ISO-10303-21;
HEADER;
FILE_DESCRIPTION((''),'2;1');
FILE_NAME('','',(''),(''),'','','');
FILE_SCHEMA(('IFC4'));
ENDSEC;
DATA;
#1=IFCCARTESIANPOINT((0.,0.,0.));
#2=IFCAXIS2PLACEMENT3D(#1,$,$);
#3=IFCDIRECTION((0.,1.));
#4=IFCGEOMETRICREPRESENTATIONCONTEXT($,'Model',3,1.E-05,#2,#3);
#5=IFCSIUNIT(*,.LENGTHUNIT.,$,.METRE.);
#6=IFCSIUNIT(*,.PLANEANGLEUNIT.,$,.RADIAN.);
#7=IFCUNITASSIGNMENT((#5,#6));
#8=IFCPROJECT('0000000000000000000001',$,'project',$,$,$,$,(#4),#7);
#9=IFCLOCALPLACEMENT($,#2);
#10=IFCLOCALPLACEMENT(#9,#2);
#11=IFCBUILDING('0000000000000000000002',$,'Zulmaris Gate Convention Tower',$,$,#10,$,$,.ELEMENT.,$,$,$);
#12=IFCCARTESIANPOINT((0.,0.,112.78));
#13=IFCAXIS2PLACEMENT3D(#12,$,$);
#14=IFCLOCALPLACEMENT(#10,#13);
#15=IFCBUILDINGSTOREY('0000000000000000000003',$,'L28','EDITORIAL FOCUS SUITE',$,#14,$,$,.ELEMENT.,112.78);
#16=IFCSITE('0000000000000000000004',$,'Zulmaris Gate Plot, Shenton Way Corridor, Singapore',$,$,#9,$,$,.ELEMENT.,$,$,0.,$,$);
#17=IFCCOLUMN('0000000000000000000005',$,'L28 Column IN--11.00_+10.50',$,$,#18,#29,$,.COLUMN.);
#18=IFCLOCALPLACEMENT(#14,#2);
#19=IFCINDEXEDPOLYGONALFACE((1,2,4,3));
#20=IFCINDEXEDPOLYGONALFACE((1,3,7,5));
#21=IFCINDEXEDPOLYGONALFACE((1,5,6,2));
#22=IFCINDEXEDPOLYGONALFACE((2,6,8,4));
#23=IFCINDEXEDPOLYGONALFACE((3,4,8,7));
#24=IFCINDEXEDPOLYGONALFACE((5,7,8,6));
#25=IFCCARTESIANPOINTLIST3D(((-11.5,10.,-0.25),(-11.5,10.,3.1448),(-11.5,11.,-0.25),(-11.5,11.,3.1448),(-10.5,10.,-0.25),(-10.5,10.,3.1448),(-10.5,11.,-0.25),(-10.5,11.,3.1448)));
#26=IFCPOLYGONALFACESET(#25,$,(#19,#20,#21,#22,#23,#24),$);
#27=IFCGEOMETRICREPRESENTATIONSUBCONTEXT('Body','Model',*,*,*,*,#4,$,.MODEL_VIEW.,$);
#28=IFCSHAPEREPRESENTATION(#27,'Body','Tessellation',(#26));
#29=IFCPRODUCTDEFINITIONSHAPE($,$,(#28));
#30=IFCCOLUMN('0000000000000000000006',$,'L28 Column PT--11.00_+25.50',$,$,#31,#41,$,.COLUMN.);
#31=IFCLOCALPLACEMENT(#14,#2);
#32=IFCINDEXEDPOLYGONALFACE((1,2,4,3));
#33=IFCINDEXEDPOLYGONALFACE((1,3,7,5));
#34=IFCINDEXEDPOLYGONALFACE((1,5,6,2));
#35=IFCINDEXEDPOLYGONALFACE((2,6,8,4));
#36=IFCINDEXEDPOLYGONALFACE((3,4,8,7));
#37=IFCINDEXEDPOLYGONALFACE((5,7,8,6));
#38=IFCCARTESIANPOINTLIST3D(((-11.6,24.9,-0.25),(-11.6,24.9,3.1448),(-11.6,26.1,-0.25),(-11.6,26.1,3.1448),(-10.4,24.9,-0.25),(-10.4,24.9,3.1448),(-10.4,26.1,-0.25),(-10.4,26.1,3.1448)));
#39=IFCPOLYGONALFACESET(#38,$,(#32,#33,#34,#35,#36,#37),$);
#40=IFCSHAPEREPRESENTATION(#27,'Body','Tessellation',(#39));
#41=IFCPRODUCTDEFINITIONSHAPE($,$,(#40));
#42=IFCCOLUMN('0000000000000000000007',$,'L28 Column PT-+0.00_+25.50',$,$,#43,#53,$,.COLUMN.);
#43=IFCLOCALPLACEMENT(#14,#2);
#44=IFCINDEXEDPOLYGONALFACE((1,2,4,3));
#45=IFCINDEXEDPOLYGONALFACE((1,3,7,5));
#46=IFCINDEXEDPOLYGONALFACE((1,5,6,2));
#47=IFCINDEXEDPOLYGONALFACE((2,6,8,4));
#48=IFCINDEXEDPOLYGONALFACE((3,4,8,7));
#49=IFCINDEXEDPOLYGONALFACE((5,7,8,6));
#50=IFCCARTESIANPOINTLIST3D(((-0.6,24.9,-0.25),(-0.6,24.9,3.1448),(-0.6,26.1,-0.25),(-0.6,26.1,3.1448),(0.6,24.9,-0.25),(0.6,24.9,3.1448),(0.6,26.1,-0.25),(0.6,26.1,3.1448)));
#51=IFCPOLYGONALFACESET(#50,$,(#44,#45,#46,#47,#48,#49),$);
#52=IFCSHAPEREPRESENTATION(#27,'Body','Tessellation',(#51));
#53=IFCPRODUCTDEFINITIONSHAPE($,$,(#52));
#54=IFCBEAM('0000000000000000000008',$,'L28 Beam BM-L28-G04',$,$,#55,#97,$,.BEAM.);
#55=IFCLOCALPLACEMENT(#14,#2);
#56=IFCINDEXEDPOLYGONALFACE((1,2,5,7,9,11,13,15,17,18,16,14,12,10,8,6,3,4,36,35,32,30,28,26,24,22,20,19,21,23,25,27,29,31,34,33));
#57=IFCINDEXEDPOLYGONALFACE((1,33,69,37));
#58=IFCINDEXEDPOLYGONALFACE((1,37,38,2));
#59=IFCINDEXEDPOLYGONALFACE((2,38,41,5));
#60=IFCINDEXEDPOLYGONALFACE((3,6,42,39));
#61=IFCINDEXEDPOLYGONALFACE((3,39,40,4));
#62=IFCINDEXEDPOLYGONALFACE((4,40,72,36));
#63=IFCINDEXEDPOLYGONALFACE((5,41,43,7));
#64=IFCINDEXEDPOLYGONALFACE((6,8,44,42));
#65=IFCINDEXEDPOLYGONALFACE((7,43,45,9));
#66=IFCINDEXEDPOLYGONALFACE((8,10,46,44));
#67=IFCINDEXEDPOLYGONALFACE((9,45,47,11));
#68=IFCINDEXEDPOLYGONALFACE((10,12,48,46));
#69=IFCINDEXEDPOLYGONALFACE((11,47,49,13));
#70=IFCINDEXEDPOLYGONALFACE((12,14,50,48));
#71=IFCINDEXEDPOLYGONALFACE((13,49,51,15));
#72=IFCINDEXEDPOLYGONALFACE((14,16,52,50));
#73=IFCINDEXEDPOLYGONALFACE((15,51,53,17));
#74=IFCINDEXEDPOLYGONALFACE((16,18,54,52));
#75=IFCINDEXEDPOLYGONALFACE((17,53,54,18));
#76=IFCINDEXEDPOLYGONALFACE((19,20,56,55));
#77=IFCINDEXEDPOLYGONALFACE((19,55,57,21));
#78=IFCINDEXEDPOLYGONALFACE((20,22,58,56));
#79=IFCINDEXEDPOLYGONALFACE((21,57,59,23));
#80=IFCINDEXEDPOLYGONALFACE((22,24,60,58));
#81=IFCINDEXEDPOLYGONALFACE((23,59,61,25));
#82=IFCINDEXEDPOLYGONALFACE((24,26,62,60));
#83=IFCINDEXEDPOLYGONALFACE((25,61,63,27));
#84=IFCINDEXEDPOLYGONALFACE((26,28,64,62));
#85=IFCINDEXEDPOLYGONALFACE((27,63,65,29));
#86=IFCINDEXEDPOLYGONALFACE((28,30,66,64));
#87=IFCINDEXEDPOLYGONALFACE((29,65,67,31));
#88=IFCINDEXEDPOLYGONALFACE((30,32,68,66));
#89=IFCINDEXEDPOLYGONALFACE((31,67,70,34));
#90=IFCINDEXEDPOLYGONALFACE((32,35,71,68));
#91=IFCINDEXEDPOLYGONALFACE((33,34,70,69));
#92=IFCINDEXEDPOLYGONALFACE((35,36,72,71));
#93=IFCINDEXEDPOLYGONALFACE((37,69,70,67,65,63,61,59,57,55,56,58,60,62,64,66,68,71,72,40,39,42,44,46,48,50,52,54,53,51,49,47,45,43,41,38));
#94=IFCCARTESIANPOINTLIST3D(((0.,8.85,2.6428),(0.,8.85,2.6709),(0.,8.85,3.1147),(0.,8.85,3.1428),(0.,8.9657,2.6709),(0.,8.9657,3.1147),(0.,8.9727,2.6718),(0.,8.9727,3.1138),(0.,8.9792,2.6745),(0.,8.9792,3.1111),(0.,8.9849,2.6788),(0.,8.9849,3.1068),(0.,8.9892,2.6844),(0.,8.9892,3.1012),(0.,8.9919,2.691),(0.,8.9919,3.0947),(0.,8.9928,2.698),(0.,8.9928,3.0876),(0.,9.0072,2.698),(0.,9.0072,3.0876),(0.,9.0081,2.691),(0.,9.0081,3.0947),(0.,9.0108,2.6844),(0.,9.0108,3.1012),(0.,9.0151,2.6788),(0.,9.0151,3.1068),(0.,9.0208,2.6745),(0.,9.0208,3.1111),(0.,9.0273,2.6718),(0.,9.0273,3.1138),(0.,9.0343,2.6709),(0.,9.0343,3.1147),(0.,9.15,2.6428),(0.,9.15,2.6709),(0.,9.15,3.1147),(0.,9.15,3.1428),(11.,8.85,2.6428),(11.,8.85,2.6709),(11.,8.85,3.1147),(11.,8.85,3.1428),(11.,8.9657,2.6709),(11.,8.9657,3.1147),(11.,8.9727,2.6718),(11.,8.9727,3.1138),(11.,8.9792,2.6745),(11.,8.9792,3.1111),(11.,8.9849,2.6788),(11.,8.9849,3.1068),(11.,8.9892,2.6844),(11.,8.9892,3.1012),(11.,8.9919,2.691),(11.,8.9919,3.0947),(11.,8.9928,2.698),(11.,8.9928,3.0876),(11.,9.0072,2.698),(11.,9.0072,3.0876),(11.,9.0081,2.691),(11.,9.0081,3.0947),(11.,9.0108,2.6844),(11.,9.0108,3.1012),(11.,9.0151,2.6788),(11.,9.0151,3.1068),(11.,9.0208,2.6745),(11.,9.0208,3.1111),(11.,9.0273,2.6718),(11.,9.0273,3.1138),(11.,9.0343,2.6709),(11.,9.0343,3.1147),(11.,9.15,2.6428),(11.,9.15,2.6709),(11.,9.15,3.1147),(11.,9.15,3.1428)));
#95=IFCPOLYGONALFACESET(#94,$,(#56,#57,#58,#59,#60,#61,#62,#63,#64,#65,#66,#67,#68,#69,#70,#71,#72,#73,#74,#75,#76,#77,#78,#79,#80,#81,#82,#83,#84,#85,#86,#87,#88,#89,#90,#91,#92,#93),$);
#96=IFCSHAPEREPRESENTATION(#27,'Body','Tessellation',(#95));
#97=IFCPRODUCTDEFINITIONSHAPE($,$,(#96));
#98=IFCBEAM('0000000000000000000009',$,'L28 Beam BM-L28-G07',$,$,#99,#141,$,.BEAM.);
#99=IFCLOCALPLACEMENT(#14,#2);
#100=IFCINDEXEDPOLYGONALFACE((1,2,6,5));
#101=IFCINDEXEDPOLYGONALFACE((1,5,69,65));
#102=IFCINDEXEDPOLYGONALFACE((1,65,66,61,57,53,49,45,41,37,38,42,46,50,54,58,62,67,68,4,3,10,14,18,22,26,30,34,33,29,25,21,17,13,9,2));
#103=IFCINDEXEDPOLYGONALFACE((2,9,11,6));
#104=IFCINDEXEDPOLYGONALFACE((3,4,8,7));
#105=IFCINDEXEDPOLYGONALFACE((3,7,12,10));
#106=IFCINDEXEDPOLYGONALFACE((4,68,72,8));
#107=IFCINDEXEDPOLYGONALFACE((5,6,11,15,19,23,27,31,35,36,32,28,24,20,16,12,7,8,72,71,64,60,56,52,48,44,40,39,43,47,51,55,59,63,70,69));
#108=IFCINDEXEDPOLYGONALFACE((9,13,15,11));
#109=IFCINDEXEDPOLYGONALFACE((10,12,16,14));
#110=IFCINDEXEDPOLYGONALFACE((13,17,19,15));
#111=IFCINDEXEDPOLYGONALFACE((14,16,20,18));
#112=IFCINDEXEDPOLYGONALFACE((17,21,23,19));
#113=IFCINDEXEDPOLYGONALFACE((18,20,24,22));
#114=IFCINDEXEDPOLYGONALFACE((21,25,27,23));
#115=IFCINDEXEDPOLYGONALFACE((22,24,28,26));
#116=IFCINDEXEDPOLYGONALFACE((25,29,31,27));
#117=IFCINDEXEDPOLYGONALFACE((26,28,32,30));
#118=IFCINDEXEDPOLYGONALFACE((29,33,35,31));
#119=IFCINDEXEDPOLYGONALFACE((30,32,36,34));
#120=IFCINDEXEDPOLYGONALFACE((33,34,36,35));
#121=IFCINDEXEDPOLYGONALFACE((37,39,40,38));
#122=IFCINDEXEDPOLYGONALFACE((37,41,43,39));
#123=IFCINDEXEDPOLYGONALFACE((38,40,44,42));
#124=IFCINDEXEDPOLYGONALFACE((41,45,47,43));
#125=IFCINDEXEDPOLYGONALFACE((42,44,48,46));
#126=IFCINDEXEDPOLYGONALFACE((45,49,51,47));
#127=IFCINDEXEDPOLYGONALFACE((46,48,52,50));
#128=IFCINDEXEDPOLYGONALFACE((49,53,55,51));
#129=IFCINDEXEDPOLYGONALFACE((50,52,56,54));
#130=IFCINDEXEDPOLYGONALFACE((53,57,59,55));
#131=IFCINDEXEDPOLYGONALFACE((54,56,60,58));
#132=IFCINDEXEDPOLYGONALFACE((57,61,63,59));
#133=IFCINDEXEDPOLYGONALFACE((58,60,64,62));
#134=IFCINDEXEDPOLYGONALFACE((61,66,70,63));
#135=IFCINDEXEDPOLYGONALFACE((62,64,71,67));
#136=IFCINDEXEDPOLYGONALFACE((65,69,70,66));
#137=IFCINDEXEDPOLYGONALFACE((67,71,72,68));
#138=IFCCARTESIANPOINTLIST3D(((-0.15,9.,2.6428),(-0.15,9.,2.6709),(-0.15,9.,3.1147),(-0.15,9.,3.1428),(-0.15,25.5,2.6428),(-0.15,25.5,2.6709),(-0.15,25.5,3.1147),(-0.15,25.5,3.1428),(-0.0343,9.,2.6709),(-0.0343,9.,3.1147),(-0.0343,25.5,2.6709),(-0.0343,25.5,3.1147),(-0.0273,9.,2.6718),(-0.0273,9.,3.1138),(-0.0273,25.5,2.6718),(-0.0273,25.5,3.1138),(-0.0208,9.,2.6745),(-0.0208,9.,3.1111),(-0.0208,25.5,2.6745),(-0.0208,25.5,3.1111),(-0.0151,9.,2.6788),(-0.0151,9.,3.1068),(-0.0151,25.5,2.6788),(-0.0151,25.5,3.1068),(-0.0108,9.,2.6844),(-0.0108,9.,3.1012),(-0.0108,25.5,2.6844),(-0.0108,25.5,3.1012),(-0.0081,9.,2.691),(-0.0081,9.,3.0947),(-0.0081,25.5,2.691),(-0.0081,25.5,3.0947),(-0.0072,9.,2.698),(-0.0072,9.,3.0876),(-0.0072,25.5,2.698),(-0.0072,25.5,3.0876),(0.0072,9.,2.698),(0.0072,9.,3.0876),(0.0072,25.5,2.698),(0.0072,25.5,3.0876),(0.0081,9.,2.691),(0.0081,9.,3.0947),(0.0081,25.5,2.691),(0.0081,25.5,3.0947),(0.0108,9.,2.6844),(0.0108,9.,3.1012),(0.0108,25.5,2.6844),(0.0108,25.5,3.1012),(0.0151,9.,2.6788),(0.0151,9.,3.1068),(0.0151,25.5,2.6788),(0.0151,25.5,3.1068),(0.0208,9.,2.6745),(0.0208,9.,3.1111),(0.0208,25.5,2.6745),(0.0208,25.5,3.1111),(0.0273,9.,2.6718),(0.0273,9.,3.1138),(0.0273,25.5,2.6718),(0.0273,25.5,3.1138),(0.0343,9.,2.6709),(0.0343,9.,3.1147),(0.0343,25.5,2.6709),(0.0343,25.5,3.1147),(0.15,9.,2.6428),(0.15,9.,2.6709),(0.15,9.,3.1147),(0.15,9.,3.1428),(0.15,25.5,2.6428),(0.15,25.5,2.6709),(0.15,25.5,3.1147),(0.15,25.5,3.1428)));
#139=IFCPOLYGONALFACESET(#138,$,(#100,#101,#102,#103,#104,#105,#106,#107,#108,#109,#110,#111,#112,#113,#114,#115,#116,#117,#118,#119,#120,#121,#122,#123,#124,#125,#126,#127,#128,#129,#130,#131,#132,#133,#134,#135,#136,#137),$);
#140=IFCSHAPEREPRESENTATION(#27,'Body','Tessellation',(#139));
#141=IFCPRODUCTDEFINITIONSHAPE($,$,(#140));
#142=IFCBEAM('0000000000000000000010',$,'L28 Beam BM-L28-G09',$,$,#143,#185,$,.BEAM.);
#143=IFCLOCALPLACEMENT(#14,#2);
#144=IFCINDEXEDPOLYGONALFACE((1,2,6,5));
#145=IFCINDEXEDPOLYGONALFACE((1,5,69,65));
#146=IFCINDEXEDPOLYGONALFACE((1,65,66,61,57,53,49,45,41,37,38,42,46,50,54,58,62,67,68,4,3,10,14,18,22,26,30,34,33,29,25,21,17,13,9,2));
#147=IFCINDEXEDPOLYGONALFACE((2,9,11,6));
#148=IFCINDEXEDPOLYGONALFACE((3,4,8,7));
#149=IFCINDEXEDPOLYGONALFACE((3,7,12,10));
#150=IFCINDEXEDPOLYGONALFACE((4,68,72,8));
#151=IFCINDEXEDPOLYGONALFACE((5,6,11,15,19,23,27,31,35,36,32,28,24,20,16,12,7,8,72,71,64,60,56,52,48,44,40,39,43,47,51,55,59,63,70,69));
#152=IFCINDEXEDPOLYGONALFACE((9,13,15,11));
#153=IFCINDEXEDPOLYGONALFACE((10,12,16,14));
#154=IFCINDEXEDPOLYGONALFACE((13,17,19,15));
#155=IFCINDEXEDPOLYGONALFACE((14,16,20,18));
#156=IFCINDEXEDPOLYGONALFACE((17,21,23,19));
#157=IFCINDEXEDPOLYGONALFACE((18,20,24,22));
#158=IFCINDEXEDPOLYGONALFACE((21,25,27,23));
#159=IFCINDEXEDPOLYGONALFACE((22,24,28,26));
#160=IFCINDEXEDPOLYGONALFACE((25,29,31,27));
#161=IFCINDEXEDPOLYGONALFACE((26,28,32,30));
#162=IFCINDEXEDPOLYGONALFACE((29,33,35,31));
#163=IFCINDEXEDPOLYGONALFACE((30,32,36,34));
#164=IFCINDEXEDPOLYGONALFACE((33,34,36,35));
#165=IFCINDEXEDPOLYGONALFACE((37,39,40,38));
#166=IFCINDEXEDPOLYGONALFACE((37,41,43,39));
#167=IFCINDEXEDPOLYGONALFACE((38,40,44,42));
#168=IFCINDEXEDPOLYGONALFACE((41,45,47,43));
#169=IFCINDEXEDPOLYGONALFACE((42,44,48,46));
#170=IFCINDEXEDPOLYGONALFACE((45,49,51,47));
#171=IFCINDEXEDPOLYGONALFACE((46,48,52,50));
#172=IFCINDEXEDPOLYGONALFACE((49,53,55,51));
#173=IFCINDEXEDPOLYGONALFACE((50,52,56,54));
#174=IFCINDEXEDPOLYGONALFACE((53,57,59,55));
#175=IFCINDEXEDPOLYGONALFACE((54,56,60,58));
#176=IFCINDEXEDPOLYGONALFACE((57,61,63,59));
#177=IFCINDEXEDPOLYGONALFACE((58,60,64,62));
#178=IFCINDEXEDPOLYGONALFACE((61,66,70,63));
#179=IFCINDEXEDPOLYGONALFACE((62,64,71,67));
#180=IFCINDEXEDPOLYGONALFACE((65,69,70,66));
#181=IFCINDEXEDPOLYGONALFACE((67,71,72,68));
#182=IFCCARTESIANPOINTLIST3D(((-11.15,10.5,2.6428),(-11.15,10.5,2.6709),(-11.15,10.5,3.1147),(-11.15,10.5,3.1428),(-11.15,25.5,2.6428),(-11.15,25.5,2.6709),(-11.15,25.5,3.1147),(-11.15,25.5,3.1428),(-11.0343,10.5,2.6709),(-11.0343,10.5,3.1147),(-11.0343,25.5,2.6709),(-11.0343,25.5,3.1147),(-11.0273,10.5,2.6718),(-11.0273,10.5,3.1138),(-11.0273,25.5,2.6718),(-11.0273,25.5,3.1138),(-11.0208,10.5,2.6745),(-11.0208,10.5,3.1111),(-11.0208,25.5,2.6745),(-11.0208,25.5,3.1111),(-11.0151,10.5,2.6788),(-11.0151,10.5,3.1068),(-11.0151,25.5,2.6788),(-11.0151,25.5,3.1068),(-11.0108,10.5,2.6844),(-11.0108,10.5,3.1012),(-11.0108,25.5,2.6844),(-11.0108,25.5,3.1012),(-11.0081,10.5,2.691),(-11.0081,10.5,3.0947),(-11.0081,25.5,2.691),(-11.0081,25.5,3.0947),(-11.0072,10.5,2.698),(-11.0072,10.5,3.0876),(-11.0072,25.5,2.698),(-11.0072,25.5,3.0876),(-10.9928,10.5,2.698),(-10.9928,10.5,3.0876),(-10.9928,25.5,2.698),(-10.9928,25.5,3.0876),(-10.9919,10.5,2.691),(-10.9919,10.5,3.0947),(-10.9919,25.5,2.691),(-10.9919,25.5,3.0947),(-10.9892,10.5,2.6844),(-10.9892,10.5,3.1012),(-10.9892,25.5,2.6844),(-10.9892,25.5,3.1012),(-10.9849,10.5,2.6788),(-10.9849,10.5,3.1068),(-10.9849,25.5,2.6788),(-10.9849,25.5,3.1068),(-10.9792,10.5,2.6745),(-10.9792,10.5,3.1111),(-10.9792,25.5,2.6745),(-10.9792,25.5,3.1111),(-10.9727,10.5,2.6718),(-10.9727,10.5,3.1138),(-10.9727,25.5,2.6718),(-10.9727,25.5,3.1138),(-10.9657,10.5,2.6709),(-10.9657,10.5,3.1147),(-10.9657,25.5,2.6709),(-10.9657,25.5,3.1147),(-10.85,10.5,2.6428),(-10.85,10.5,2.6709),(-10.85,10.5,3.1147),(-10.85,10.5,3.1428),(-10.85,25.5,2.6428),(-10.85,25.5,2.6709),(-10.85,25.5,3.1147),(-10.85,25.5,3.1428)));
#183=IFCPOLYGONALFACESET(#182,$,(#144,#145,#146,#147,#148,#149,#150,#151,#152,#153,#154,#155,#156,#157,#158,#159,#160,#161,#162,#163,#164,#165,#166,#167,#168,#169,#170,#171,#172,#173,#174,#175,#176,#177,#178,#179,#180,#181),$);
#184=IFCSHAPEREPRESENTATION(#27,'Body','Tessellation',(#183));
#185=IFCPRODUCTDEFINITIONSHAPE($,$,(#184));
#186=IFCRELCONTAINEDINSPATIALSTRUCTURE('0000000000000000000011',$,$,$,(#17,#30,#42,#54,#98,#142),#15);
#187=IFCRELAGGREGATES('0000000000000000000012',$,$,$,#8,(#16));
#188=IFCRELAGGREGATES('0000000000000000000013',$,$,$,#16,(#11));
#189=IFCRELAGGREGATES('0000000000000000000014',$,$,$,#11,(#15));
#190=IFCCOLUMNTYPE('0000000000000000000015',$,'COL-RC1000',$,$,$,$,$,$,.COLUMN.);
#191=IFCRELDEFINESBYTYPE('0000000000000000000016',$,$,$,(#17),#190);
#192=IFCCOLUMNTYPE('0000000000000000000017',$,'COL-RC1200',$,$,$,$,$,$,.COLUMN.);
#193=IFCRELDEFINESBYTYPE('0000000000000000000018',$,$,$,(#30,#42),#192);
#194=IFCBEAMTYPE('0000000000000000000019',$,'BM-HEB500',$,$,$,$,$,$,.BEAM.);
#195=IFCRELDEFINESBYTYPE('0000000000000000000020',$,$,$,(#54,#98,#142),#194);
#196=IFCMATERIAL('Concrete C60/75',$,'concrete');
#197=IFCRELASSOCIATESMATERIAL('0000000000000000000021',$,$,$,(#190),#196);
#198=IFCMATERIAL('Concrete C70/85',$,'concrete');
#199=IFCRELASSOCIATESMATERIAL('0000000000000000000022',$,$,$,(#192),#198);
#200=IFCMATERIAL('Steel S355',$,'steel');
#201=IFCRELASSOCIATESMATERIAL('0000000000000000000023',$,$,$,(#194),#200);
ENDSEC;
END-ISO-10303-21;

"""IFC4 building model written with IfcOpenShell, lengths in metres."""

from ifc_helpers import new_model, si_unit, direction, frame, origin, origin_2d, place, context, subcontext, project, spatial, rectangle, i_section, extrude, material, material_profile, profile_set, type_object, element, save


model = new_model("IFC4")

# Units and contexts
model_context = context("Model", 3, precision=1e-05, world=origin(), true_north=direction((0.0, 1.0)))
body_context = subcontext(model_context, "Body", "Model", "MODEL_VIEW")
ifc_project = project(units=[si_unit("LENGTHUNIT", "METRE"), si_unit("PLANEANGLEUNIT", "RADIAN")], contexts=[model_context])

# Site, building, storey
site_placement = place(None, origin())
site = spatial("IfcSite", under=ifc_project, at=site_placement, Name="Zulmaris Gate Plot, Shenton Way Corridor, Singapore", CompositionType="ELEMENT", RefElevation=0.0)
building_placement = place(site_placement, origin())
building = spatial("IfcBuilding", under=site, at=building_placement, Name="Zulmaris Gate Convention Tower", CompositionType="ELEMENT")
storey_placement = place(building_placement, frame((0.0, 0.0, 112.78)))
storey = spatial("IfcBuildingStorey", under=building, at=storey_placement, Name="L28", Description="EDITORIAL FOCUS SUITE", CompositionType="ELEMENT", Elevation=112.78)

# Columns
ifc_material_1 = material(Name="Concrete C60/75", Category="concrete")
ifc_material_profile_1 = material_profile(ifc_material_1, rectangle(XDim=1.0, YDim=1.0, at=origin_2d()), Name="RC COL 1000x1000")
ifc_profile_set_1 = profile_set([ifc_material_profile_1], Name="Concrete C60/75")
column_type_1 = type_object("IfcColumnType", Name="COL-RC1000", PredefinedType="COLUMN", material=ifc_profile_set_1)
column_placement = place(storey_placement, frame((-11.0, 10.5, -0.25), z_axis=(0.0, 0.0, 1.0), x_axis=(1.0, 0.0, 0.0)))
element("IfcColumn", 1, at=column_placement, inside=storey, type_object=column_type_1, Name="L28 Column IN--11.00_+10.50", PredefinedType="COLUMN", context=body_context, shape_type="SweptSolid", body=[
    extrude(rectangle(XDim=1.0, YDim=1.0, at=origin_2d()), origin(), (0.0, 0.0, 1.0), 3.3948),
])
ifc_material_2 = material(Name="Concrete C70/85", Category="concrete")
ifc_material_profile_2 = material_profile(ifc_material_2, rectangle(XDim=1.2, YDim=1.2, at=origin_2d()), Name="RC COL 1200x1200")
ifc_profile_set_2 = profile_set([ifc_material_profile_2], Name="Concrete C70/85")
column_type_2 = type_object("IfcColumnType", Name="COL-RC1200", PredefinedType="COLUMN", material=ifc_profile_set_2)
for number, where, z_axis, x_axis, name in (
    (2, (-11.0, 25.5, -0.25), (0.0, 0.0, 1.0), (1.0, 0.0, 0.0), "L28 Column PT--11.00_+25.50"),
    (3, (0.0, 25.5, -0.25), (0.0, 0.0, 1.0), (1.0, 0.0, 0.0), "L28 Column PT-+0.00_+25.50"),
):
    element("IfcColumn", number, at=place(storey_placement, frame(where, z_axis=z_axis, x_axis=x_axis)), inside=storey, type_object=column_type_2, Name=name, PredefinedType="COLUMN", context=body_context, shape_type="SweptSolid", body=[
        extrude(rectangle(XDim=1.2, YDim=1.2, at=origin_2d()), origin(), (0.0, 0.0, 1.0), 3.3948),
    ])

# Beams
ifc_material_3 = material(Name="Steel S355", Category="steel")
ifc_material_profile_3 = material_profile(ifc_material_3, i_section(OverallWidth=0.3, OverallDepth=0.5, WebThickness=0.0144, FlangeThickness=0.0281, FilletRadius=0.0271, at=origin_2d()), Name="HEB 500")
ifc_profile_set_3 = profile_set([ifc_material_profile_3], Name="Steel S355")
beam_type_1 = type_object("IfcBeamType", Name="BM-HEB500", PredefinedType="BEAM", material=ifc_profile_set_3)
beam_1_placement = place(storey_placement, frame((0.0, 9.0, 2.8928), z_axis=(1.0, 0.0, 0.0), x_axis=(0.0, 1.0, 0.0)))
element("IfcBeam", 4, at=beam_1_placement, inside=storey, type_object=beam_type_1, Name="L28 Beam BM-L28-G04", PredefinedType="BEAM", context=body_context, shape_type="SweptSolid", body=[
    extrude(i_section(OverallWidth=0.3, OverallDepth=0.5, WebThickness=0.0144, FlangeThickness=0.0281, FilletRadius=0.0271, at=origin_2d()), origin(), (0.0, 0.0, 1.0), 11.0),
])
beam_2_placement = place(storey_placement, frame((0.0, 9.0, 2.8928), z_axis=(0.0, 1.0, 0.0), x_axis=(-1.0, 0.0, 0.0)))
element("IfcBeam", 5, at=beam_2_placement, inside=storey, type_object=beam_type_1, Name="L28 Beam BM-L28-G07", PredefinedType="BEAM", context=body_context, shape_type="SweptSolid", body=[
    extrude(i_section(OverallWidth=0.3, OverallDepth=0.5, WebThickness=0.0144, FlangeThickness=0.0281, FilletRadius=0.0271, at=origin_2d()), origin(), (0.0, 0.0, 1.0), 16.5),
])
beam_3_placement = place(storey_placement, frame((-11.0, 10.5, 2.8928), z_axis=(0.0, 1.0, 0.0), x_axis=(-1.0, 0.0, 0.0)))
element("IfcBeam", 6, at=beam_3_placement, inside=storey, type_object=beam_type_1, Name="L28 Beam BM-L28-G09", PredefinedType="BEAM", context=body_context, shape_type="SweptSolid", body=[
    extrude(i_section(OverallWidth=0.3, OverallDepth=0.5, WebThickness=0.0144, FlangeThickness=0.0281, FilletRadius=0.0271, at=origin_2d()), origin(), (0.0, 0.0, 1.0), 15.0),
])

save(model, "model.ifc")
